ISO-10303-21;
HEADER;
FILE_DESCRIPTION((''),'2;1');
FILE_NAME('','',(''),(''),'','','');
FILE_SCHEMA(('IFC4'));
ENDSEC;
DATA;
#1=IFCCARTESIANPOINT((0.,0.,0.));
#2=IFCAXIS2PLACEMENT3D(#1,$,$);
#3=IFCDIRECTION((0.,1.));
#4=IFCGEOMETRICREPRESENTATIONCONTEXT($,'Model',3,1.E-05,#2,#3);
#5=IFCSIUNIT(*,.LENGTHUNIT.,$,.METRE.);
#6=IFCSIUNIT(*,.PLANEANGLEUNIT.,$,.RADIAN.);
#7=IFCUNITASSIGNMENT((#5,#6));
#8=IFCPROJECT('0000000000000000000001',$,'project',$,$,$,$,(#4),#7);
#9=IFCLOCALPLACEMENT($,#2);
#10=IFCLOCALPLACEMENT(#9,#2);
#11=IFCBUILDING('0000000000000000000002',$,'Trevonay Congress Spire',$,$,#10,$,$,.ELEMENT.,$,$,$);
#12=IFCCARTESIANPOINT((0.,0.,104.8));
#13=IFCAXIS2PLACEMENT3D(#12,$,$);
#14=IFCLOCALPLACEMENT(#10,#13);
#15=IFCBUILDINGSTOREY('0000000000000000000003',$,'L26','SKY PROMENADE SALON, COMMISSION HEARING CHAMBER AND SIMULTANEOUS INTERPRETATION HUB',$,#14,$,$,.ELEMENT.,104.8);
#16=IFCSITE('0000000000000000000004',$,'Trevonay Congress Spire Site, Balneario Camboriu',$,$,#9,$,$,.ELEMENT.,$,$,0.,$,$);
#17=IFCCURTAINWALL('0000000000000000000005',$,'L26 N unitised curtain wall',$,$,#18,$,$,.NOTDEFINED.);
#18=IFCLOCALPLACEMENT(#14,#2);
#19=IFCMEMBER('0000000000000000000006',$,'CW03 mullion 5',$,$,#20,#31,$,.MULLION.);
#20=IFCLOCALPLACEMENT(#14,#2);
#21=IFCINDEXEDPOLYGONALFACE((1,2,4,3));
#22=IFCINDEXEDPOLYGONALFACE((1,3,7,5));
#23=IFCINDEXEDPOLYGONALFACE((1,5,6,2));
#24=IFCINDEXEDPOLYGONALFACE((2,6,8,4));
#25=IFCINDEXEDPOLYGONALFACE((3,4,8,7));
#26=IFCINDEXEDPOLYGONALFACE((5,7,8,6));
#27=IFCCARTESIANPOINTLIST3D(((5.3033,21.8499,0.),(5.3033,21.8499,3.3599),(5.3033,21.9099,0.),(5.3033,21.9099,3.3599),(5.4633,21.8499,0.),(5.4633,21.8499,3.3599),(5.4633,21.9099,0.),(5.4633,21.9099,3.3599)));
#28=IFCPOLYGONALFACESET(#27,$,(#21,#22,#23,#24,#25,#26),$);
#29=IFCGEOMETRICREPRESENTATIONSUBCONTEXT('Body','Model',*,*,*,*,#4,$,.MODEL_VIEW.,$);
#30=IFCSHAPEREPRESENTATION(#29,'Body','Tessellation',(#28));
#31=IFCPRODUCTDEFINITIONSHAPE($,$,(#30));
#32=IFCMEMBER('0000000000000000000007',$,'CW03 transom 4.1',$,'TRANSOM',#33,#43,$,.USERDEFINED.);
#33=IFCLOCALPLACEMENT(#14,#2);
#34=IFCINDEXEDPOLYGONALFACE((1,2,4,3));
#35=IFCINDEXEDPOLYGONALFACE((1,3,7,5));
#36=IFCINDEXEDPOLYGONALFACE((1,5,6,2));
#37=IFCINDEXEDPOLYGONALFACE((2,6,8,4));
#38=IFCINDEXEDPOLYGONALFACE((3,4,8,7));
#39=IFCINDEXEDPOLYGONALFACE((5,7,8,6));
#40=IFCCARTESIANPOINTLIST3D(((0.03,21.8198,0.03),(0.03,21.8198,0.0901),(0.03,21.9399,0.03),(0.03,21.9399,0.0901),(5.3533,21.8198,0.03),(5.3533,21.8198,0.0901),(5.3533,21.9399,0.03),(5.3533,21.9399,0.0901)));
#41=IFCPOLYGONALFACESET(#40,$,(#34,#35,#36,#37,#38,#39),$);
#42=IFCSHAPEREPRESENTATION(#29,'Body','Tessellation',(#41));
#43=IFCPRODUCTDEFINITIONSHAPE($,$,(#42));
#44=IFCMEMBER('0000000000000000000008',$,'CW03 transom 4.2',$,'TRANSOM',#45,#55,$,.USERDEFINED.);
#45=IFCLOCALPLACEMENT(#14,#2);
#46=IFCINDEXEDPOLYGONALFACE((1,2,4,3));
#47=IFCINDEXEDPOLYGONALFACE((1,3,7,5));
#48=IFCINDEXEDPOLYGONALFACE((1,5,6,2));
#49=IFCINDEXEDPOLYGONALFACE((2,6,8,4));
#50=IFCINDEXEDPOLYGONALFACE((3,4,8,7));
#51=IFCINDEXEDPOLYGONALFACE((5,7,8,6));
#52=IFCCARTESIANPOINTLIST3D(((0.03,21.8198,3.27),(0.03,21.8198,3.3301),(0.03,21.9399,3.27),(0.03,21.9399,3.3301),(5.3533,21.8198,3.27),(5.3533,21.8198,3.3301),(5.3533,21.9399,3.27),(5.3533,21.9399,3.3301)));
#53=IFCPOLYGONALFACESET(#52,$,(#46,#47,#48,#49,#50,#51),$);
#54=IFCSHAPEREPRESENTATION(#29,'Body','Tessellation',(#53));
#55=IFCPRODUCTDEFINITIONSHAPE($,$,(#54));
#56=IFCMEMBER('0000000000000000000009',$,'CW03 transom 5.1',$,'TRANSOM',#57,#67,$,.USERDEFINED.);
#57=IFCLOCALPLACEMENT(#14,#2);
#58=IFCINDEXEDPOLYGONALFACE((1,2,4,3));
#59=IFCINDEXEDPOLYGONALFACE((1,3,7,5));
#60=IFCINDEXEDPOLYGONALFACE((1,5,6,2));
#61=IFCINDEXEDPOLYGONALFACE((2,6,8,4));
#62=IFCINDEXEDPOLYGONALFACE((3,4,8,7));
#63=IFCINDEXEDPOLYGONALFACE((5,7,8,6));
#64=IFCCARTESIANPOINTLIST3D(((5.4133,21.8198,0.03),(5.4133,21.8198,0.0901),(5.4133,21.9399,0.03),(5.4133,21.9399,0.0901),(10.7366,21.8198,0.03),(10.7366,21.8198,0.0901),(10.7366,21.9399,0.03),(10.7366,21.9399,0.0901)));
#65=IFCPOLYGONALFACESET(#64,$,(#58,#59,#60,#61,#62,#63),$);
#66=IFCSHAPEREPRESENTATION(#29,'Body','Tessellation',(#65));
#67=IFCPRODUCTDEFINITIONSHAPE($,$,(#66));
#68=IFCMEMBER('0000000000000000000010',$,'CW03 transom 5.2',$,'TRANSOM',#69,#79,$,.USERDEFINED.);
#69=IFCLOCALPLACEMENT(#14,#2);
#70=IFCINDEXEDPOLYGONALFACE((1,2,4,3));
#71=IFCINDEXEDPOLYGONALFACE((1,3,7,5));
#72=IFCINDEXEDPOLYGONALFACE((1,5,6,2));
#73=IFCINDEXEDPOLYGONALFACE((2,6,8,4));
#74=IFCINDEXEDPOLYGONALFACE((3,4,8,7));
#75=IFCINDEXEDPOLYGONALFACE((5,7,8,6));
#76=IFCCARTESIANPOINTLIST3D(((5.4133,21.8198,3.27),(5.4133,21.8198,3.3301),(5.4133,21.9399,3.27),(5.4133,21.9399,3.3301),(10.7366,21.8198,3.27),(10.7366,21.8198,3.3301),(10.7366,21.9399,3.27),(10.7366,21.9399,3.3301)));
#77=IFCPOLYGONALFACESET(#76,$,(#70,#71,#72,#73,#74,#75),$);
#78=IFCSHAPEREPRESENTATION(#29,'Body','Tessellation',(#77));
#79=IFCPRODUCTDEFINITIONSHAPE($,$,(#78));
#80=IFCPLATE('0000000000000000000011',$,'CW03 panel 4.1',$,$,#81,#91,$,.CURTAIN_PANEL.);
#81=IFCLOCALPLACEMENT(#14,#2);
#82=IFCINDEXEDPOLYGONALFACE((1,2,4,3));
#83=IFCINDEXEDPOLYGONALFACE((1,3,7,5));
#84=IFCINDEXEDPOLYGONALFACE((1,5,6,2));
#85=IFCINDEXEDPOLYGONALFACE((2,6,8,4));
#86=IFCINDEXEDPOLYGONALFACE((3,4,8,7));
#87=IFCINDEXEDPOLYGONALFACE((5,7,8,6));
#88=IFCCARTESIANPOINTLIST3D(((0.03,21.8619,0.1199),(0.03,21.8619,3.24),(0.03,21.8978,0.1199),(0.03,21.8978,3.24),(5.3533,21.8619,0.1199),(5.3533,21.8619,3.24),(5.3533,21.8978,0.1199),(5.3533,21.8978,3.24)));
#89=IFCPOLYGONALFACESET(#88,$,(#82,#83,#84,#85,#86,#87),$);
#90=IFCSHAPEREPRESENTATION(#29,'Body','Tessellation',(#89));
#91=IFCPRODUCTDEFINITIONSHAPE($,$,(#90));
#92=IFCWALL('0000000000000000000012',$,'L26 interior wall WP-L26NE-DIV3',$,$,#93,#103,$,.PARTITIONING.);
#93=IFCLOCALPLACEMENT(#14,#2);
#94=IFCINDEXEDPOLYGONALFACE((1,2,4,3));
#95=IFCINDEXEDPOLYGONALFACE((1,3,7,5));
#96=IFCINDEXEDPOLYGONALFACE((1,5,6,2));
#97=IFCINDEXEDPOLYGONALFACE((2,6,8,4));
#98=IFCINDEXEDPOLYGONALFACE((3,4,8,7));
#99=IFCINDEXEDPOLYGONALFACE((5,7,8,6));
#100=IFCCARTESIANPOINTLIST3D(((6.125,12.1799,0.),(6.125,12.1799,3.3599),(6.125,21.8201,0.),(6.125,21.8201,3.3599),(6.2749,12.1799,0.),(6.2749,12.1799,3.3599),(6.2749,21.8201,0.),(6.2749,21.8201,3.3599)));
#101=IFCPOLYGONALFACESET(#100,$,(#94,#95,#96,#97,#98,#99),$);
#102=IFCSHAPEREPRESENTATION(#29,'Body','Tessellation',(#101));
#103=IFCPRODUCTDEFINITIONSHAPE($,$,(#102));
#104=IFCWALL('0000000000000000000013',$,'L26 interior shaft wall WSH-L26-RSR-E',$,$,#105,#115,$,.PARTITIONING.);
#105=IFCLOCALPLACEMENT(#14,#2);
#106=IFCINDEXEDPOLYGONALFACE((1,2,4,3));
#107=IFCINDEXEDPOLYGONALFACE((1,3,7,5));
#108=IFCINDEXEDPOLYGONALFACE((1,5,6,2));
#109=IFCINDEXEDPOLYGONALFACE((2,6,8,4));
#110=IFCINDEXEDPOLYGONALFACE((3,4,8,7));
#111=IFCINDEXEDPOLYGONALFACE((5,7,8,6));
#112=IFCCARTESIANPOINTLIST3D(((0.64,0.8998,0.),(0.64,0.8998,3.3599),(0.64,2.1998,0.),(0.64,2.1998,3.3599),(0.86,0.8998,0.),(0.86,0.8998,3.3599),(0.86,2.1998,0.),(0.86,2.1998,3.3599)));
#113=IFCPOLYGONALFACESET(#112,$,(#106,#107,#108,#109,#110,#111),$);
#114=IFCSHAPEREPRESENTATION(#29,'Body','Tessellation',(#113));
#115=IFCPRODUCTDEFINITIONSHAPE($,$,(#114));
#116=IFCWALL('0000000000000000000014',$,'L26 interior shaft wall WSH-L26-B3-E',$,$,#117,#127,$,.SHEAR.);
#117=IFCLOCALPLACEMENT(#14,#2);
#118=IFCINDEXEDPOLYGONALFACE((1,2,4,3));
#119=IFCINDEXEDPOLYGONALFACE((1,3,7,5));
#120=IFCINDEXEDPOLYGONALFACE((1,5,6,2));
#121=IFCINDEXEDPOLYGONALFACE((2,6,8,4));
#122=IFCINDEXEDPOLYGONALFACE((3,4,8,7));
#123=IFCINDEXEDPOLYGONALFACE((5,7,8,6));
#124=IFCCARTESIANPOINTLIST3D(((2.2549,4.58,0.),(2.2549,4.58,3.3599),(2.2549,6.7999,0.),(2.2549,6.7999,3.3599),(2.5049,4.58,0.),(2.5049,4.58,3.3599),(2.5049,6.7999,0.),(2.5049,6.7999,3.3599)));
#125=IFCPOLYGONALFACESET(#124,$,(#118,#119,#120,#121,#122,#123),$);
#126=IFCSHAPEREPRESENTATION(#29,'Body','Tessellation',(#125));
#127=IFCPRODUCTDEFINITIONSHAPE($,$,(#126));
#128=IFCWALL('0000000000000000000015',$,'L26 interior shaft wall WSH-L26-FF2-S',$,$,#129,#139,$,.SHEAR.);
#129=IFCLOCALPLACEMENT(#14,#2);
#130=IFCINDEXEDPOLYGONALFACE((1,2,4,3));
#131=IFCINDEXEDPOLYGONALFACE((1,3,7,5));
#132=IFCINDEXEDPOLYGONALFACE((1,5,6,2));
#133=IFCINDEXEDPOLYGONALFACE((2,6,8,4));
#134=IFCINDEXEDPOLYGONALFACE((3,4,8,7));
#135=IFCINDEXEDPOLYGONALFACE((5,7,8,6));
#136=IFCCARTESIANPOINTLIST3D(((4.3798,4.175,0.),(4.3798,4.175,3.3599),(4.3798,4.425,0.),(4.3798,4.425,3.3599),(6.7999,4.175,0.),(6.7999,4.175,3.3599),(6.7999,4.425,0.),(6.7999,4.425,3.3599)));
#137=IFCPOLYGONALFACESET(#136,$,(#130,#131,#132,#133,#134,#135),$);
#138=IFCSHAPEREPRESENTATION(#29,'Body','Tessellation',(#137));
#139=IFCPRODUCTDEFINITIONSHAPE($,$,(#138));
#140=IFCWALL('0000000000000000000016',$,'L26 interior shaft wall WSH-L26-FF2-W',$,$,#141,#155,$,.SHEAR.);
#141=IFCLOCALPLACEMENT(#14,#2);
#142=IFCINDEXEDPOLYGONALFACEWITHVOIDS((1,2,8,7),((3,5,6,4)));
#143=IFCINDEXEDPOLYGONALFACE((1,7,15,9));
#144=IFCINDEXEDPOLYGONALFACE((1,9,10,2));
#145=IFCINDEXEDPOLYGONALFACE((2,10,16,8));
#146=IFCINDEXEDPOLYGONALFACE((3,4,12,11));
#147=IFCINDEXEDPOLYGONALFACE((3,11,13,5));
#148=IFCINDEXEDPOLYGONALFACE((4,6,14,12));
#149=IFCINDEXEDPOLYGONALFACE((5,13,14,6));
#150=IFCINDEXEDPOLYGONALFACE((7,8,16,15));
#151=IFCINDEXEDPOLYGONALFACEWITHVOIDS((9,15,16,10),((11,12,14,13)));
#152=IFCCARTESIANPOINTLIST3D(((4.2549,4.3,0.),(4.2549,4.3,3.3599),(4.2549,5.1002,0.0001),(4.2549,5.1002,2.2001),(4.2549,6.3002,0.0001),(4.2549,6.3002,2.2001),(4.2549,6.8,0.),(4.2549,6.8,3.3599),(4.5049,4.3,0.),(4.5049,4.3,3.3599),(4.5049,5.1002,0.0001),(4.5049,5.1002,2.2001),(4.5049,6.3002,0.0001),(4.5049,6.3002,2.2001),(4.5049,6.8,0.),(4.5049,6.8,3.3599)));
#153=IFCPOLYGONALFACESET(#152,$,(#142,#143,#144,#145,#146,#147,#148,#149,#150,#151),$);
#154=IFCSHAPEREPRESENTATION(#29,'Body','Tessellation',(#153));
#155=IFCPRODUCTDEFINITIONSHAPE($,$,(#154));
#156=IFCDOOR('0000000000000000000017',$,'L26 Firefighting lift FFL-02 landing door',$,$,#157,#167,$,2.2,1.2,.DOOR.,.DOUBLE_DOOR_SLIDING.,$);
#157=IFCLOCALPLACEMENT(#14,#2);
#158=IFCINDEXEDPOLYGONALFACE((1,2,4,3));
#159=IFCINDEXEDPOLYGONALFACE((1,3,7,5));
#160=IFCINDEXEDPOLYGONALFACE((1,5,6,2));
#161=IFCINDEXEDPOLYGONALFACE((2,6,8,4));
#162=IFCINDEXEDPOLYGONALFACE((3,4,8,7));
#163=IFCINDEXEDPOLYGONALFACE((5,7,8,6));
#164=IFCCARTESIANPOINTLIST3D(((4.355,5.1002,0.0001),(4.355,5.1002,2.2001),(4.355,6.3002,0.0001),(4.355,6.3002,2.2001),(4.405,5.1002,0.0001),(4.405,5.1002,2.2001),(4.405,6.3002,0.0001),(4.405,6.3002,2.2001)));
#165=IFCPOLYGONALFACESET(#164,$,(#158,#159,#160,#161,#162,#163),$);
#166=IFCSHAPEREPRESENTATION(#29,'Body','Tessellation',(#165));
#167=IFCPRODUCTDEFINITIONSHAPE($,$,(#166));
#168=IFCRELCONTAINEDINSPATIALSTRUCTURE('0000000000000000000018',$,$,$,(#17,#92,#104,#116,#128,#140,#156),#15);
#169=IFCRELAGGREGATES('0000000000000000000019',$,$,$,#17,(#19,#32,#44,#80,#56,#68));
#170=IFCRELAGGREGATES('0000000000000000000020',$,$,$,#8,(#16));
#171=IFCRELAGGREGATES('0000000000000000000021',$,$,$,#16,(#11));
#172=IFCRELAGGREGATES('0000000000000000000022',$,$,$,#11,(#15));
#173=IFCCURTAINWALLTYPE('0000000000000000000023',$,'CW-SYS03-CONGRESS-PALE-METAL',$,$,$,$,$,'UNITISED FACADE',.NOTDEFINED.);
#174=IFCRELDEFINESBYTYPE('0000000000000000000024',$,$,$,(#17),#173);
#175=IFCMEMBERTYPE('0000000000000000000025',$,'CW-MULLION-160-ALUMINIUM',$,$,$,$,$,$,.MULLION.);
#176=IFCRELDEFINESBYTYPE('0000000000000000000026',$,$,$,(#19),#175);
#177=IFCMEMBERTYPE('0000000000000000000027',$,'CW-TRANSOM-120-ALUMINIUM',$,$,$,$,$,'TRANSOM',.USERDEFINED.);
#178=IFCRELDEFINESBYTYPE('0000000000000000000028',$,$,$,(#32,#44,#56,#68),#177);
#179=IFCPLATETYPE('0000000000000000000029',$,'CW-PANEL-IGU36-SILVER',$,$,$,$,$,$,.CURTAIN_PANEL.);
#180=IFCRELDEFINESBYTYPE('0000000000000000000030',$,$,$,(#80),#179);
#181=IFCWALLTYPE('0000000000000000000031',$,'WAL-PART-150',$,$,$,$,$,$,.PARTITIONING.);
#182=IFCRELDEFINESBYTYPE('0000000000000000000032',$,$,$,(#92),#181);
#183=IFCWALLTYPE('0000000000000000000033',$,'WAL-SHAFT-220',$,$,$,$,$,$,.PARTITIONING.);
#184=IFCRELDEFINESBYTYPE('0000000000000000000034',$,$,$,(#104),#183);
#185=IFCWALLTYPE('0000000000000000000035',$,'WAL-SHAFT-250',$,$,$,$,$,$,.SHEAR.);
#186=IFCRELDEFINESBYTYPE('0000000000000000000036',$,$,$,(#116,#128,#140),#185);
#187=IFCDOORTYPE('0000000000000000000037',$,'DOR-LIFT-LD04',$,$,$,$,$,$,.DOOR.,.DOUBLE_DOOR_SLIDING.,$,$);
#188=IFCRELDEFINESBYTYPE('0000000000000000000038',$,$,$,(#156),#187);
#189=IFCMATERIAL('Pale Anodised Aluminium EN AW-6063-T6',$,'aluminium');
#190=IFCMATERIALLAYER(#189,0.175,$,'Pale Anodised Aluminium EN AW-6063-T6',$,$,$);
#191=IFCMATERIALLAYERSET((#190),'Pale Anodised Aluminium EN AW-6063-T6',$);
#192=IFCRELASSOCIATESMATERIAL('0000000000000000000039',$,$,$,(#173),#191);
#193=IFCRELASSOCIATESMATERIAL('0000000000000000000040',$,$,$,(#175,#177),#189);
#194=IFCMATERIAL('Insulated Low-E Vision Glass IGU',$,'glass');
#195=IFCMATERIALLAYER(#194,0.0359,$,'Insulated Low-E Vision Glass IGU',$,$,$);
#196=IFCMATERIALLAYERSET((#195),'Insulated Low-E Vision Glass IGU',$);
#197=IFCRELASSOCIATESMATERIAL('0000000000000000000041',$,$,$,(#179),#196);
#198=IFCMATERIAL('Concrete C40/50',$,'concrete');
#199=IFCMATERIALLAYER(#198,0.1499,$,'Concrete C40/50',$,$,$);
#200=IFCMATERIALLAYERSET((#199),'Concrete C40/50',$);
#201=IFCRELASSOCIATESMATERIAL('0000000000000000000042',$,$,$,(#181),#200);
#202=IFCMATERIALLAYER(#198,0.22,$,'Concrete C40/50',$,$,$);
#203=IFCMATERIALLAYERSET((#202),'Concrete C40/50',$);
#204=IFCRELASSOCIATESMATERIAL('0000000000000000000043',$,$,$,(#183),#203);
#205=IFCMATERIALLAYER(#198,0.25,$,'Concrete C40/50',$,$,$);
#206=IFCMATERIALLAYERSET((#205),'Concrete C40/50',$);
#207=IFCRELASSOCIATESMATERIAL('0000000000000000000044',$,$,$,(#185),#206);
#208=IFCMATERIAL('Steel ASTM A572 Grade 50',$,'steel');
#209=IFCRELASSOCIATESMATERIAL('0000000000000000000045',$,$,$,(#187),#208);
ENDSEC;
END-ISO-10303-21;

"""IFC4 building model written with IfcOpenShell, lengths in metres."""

from ifc_helpers import new_model, si_unit, direction, frame, frame_2d, origin, origin_2d, place, context, subcontext, project, spatial, rectangle, extrude, material, layer, layer_set, material_profile, profile_set, type_object, element, fill, aggregate, save


model = new_model("IFC4")

# Units and contexts
model_context = context("Model", 3, precision=1e-05, world=origin(), true_north=direction((0.0, 1.0)))
body_context = subcontext(model_context, "Body", "Model", "MODEL_VIEW")
ifc_project = project(units=[si_unit("LENGTHUNIT", "METRE"), si_unit("PLANEANGLEUNIT", "RADIAN")], contexts=[model_context])

# Site, building, storey
site_placement = place(None, origin())
site = spatial("IfcSite", under=ifc_project, at=site_placement, Name="Trevonay Congress Spire Site, Balneario Camboriu", CompositionType="ELEMENT", RefElevation=0.0)
building_placement = place(site_placement, origin())
building = spatial("IfcBuilding", under=site, at=building_placement, Name="Trevonay Congress Spire", CompositionType="ELEMENT")
storey_placement = place(building_placement, frame((0.0, 0.0, 104.8)))
storey = spatial("IfcBuildingStorey", under=building, at=storey_placement, Name="L26", Description="SKY PROMENADE SALON, COMMISSION HEARING CHAMBER AND SIMULTANEOUS INTERPRETATION HUB", CompositionType="ELEMENT", Elevation=104.8)

# Shared definitions
ifc_material_1 = material(Name="Steel ASTM A572 Grade 50", Category="steel")

# Curtain wall, members, plate
ifc_material_2 = material(Name="Pale Anodised Aluminium EN AW-6063-T6", Category="aluminium")
ifc_layer_1 = layer(ifc_material_2, 0.175, Name="Pale Anodised Aluminium EN AW-6063-T6")
ifc_layer_set_1 = layer_set([ifc_layer_1], Name="Pale Anodised Aluminium EN AW-6063-T6")
curtain_wall_type = type_object("IfcCurtainWallType", Name="CW-SYS03-CONGRESS-PALE-METAL", ElementType="UNITISED FACADE", PredefinedType="NOTDEFINED", material=ifc_layer_set_1)
curtain_wall_placement = place(storey_placement, origin())
curtain_wall = element("IfcCurtainWall", 1, at=curtain_wall_placement, inside=storey, type_object=curtain_wall_type, Name="L26 N unitised curtain wall", PredefinedType="NOTDEFINED")
ifc_material_profile_1 = material_profile(ifc_material_2, rectangle(XDim=0.0601, YDim=0.1599, at=origin_2d()), Name="CW-MULLION-160-ALUMINIUM")
ifc_profile_set_1 = profile_set([ifc_material_profile_1], Name="Pale Anodised Aluminium EN AW-6063-T6")
member_type_1 = type_object("IfcMemberType", Name="CW-MULLION-160-ALUMINIUM", PredefinedType="MULLION", material=ifc_profile_set_1)
member_1_placement = place(storey_placement, frame((5.3833, 21.8799, 0.0), z_axis=(0.0, 0.0, 1.0), x_axis=(0.0, 1.0, 0.0)))
member_1 = element("IfcMember", 2, at=member_1_placement, type_object=member_type_1, Name="CW03 mullion 5", PredefinedType="MULLION", context=body_context, shape_type="SweptSolid", body=[
    extrude(rectangle(XDim=0.0601, YDim=0.1599, at=origin_2d()), origin(), (0.0, 0.0, 1.0), 3.3599),
])
ifc_material_profile_2 = material_profile(ifc_material_2, rectangle(XDim=0.1201, YDim=0.0601, at=origin_2d()), Name="CW-TRANSOM-120-ALUMINIUM")
ifc_profile_set_2 = profile_set([ifc_material_profile_2], Name="Pale Anodised Aluminium EN AW-6063-T6")
member_type_2 = type_object("IfcMemberType", Name="CW-TRANSOM-120-ALUMINIUM", ElementType="TRANSOM", PredefinedType="USERDEFINED", material=ifc_profile_set_2)
member_2_placement = place(storey_placement, frame((0.03, 21.8799, 0.0601), z_axis=(1.0, 0.0, 0.0), x_axis=(0.0, 1.0, 0.0)))
member_2 = element("IfcMember", 3, at=member_2_placement, type_object=member_type_2, Name="CW03 transom 4.1", ObjectType="TRANSOM", PredefinedType="USERDEFINED", context=body_context, shape_type="SweptSolid", body=[
    extrude(rectangle(XDim=0.1201, YDim=0.0601, at=origin_2d()), origin(), (0.0, 0.0, 1.0), 5.3232),
])
member_3_placement = place(storey_placement, frame((0.03, 21.8799, 3.3), z_axis=(1.0, 0.0, 0.0), x_axis=(0.0, 1.0, 0.0)))
member_3 = element("IfcMember", 4, at=member_3_placement, type_object=member_type_2, Name="CW03 transom 4.2", ObjectType="TRANSOM", PredefinedType="USERDEFINED", context=body_context, shape_type="SweptSolid", body=[
    extrude(rectangle(XDim=0.1201, YDim=0.0601, at=origin_2d()), origin(), (0.0, 0.0, 1.0), 5.3232),
])
member_4_placement = place(storey_placement, frame((5.4133, 21.8799, 0.0601), z_axis=(1.0, 0.0, 0.0), x_axis=(0.0, 1.0, 0.0)))
member_4 = element("IfcMember", 5, at=member_4_placement, type_object=member_type_2, Name="CW03 transom 5.1", ObjectType="TRANSOM", PredefinedType="USERDEFINED", context=body_context, shape_type="SweptSolid", body=[
    extrude(rectangle(XDim=0.1201, YDim=0.0601, at=origin_2d()), origin(), (0.0, 0.0, 1.0), 5.3232),
])
member_5_placement = place(storey_placement, frame((5.4133, 21.8799, 3.3), z_axis=(1.0, 0.0, 0.0), x_axis=(0.0, 1.0, 0.0)))
member_5 = element("IfcMember", 6, at=member_5_placement, type_object=member_type_2, Name="CW03 transom 5.2", ObjectType="TRANSOM", PredefinedType="USERDEFINED", context=body_context, shape_type="SweptSolid", body=[
    extrude(rectangle(XDim=0.1201, YDim=0.0601, at=origin_2d()), origin(), (0.0, 0.0, 1.0), 5.3232),
])
ifc_material_3 = material(Name="Insulated Low-E Vision Glass IGU", Category="glass")
ifc_layer_2 = layer(ifc_material_3, 0.0359, Name="Insulated Low-E Vision Glass IGU")
ifc_layer_set_2 = layer_set([ifc_layer_2], Name="Insulated Low-E Vision Glass IGU")
plate_type = type_object("IfcPlateType", Name="CW-PANEL-IGU36-SILVER", PredefinedType="CURTAIN_PANEL", material=ifc_layer_set_2)
plate_placement = place(storey_placement, frame((2.6917, 21.8799, 0.1199), z_axis=(0.0, 0.0, 1.0), x_axis=(1.0, 0.0, 0.0)))
plate = element("IfcPlate", 7, at=plate_placement, type_object=plate_type, Name="CW03 panel 4.1", PredefinedType="CURTAIN_PANEL", context=body_context, shape_type="SweptSolid", body=[
    extrude(rectangle(XDim=5.3232, YDim=0.0359, at=origin_2d()), origin(), (0.0, 0.0, 1.0), 3.1201),
])
aggregate(curtain_wall, [member_1, member_2, member_3, plate, member_4, member_5])

# Walls
ifc_material_4 = material(Name="Concrete C40/50", Category="concrete")
ifc_layer_3 = layer(ifc_material_4, 0.1499, Name="Concrete C40/50")
ifc_layer_set_3 = layer_set([ifc_layer_3], Name="Concrete C40/50")
wall_type_1 = type_object("IfcWallType", Name="WAL-PART-150", PredefinedType="PARTITIONING", material=ifc_layer_set_3)
wall_1_placement = place(storey_placement, frame((6.2, 12.1799, 0.0), z_axis=(0.0, 0.0, 1.0), x_axis=(0.0, 1.0, 0.0)))
element("IfcWall", 8, at=wall_1_placement, inside=storey, type_object=wall_type_1, Name="L26 interior wall WP-L26NE-DIV3", PredefinedType="PARTITIONING", context=body_context, shape_type="SweptSolid", body=[
    extrude(rectangle(XDim=9.6401, YDim=0.1499, at=frame_2d((4.8201, 0.0))), origin(), (0.0, 0.0, 1.0), 3.3599),
])
ifc_layer_4 = layer(ifc_material_4, 0.22, Name="Concrete C40/50")
ifc_layer_set_4 = layer_set([ifc_layer_4], Name="Concrete C40/50")
wall_type_2 = type_object("IfcWallType", Name="WAL-SHAFT-220", PredefinedType="PARTITIONING", material=ifc_layer_set_4)
wall_2_placement = place(storey_placement, frame((0.75, 0.8999, 0.0), z_axis=(0.0, 0.0, 1.0), x_axis=(0.0, 1.0, 0.0)))
element("IfcWall", 9, at=wall_2_placement, inside=storey, type_object=wall_type_2, Name="L26 interior shaft wall WSH-L26-RSR-E", PredefinedType="PARTITIONING", context=body_context, shape_type="SweptSolid", body=[
    extrude(rectangle(XDim=1.3, YDim=0.22, at=frame_2d((0.6499, 0.0))), origin(), (0.0, 0.0, 1.0), 3.3599),
])
ifc_layer_5 = layer(ifc_material_4, 0.25, Name="Concrete C40/50")
ifc_layer_set_5 = layer_set([ifc_layer_5], Name="Concrete C40/50")
wall_type_3 = type_object("IfcWallType", Name="WAL-SHAFT-250", PredefinedType="SHEAR", material=ifc_layer_set_5)
wall_3_placement = place(storey_placement, frame((2.3799, 4.5801, 0.0), z_axis=(0.0, 0.0, 1.0), x_axis=(0.0, 1.0, 0.0)))
element("IfcWall", 10, at=wall_3_placement, inside=storey, type_object=wall_type_3, Name="L26 interior shaft wall WSH-L26-B3-E", PredefinedType="SHEAR", context=body_context, shape_type="SweptSolid", body=[
    extrude(rectangle(XDim=2.22, YDim=0.25, at=frame_2d((1.1099, 0.0))), origin(), (0.0, 0.0, 1.0), 3.3599),
])
wall_4_placement = place(storey_placement, frame((4.3799, 4.3, 0.0), z_axis=(0.0, 0.0, 1.0), x_axis=(1.0, 0.0, 0.0)))
element("IfcWall", 11, at=wall_4_placement, inside=storey, type_object=wall_type_3, Name="L26 interior shaft wall WSH-L26-FF2-S", PredefinedType="SHEAR", context=body_context, shape_type="SweptSolid", body=[
    extrude(rectangle(XDim=2.4202, YDim=0.25, at=frame_2d((1.21, 0.0))), origin(), (0.0, 0.0, 1.0), 3.3599),
])

# Wall, opening, door
wall_5_placement = place(storey_placement, frame((4.3799, 4.3, 0.0), z_axis=(0.0, 0.0, 1.0), x_axis=(0.0, 1.0, 0.0)))
wall_5 = element("IfcWall", 12, at=wall_5_placement, inside=storey, type_object=wall_type_3, Name="L26 interior shaft wall WSH-L26-FF2-W", PredefinedType="SHEAR", context=body_context, shape_type="SweptSolid", body=[
    extrude(rectangle(XDim=2.5, YDim=0.25, at=frame_2d((1.25, 0.0))), origin(), (0.0, 0.0, 1.0), 3.3599),
])
opening_1_placement = place(wall_5_placement, frame((0.8, 0.0, 0.0)))
opening_1 = element("IfcOpeningElement", 13, at=opening_1_placement, cuts=wall_5, PredefinedType="OPENING", context=body_context, shape_type="SweptSolid", body=[
    extrude(rectangle(XDim=1.2, YDim=2.2, at=frame_2d((0.6001, 1.1001))), frame((0.0, 0.135, 0.0), z_axis=(0.0, -1.0, 0.0), x_axis=(1.0, 0.0, 0.0)), (0.0, 0.0, 1.0), 0.27),
])
door_type_1 = type_object("IfcDoorType", Name="DOR-LIFT-LD04", OperationType="DOUBLE_DOOR_SLIDING", PredefinedType="DOOR", material=ifc_material_1)
door_1_placement = place(opening_1_placement, origin())
door_1 = element("IfcDoor", 14, at=door_1_placement, inside=storey, type_object=door_type_1, Name="L26 Firefighting lift FFL-02 landing door", OperationType="DOUBLE_DOOR_SLIDING", OverallHeight=2.2, OverallWidth=1.2, PredefinedType="DOOR", context=body_context, shape_type="SweptSolid", body=[
    extrude(rectangle(XDim=1.2, YDim=2.2, at=frame_2d((0.6001, 1.1001))), frame((0.0, 0.0249, 0.0), z_axis=(0.0, -1.0, 0.0), x_axis=(1.0, 0.0, 0.0)), (0.0, 0.0, 1.0), 0.05),
])
fill(opening_1, door_1)

save(model, "model.ifc")
